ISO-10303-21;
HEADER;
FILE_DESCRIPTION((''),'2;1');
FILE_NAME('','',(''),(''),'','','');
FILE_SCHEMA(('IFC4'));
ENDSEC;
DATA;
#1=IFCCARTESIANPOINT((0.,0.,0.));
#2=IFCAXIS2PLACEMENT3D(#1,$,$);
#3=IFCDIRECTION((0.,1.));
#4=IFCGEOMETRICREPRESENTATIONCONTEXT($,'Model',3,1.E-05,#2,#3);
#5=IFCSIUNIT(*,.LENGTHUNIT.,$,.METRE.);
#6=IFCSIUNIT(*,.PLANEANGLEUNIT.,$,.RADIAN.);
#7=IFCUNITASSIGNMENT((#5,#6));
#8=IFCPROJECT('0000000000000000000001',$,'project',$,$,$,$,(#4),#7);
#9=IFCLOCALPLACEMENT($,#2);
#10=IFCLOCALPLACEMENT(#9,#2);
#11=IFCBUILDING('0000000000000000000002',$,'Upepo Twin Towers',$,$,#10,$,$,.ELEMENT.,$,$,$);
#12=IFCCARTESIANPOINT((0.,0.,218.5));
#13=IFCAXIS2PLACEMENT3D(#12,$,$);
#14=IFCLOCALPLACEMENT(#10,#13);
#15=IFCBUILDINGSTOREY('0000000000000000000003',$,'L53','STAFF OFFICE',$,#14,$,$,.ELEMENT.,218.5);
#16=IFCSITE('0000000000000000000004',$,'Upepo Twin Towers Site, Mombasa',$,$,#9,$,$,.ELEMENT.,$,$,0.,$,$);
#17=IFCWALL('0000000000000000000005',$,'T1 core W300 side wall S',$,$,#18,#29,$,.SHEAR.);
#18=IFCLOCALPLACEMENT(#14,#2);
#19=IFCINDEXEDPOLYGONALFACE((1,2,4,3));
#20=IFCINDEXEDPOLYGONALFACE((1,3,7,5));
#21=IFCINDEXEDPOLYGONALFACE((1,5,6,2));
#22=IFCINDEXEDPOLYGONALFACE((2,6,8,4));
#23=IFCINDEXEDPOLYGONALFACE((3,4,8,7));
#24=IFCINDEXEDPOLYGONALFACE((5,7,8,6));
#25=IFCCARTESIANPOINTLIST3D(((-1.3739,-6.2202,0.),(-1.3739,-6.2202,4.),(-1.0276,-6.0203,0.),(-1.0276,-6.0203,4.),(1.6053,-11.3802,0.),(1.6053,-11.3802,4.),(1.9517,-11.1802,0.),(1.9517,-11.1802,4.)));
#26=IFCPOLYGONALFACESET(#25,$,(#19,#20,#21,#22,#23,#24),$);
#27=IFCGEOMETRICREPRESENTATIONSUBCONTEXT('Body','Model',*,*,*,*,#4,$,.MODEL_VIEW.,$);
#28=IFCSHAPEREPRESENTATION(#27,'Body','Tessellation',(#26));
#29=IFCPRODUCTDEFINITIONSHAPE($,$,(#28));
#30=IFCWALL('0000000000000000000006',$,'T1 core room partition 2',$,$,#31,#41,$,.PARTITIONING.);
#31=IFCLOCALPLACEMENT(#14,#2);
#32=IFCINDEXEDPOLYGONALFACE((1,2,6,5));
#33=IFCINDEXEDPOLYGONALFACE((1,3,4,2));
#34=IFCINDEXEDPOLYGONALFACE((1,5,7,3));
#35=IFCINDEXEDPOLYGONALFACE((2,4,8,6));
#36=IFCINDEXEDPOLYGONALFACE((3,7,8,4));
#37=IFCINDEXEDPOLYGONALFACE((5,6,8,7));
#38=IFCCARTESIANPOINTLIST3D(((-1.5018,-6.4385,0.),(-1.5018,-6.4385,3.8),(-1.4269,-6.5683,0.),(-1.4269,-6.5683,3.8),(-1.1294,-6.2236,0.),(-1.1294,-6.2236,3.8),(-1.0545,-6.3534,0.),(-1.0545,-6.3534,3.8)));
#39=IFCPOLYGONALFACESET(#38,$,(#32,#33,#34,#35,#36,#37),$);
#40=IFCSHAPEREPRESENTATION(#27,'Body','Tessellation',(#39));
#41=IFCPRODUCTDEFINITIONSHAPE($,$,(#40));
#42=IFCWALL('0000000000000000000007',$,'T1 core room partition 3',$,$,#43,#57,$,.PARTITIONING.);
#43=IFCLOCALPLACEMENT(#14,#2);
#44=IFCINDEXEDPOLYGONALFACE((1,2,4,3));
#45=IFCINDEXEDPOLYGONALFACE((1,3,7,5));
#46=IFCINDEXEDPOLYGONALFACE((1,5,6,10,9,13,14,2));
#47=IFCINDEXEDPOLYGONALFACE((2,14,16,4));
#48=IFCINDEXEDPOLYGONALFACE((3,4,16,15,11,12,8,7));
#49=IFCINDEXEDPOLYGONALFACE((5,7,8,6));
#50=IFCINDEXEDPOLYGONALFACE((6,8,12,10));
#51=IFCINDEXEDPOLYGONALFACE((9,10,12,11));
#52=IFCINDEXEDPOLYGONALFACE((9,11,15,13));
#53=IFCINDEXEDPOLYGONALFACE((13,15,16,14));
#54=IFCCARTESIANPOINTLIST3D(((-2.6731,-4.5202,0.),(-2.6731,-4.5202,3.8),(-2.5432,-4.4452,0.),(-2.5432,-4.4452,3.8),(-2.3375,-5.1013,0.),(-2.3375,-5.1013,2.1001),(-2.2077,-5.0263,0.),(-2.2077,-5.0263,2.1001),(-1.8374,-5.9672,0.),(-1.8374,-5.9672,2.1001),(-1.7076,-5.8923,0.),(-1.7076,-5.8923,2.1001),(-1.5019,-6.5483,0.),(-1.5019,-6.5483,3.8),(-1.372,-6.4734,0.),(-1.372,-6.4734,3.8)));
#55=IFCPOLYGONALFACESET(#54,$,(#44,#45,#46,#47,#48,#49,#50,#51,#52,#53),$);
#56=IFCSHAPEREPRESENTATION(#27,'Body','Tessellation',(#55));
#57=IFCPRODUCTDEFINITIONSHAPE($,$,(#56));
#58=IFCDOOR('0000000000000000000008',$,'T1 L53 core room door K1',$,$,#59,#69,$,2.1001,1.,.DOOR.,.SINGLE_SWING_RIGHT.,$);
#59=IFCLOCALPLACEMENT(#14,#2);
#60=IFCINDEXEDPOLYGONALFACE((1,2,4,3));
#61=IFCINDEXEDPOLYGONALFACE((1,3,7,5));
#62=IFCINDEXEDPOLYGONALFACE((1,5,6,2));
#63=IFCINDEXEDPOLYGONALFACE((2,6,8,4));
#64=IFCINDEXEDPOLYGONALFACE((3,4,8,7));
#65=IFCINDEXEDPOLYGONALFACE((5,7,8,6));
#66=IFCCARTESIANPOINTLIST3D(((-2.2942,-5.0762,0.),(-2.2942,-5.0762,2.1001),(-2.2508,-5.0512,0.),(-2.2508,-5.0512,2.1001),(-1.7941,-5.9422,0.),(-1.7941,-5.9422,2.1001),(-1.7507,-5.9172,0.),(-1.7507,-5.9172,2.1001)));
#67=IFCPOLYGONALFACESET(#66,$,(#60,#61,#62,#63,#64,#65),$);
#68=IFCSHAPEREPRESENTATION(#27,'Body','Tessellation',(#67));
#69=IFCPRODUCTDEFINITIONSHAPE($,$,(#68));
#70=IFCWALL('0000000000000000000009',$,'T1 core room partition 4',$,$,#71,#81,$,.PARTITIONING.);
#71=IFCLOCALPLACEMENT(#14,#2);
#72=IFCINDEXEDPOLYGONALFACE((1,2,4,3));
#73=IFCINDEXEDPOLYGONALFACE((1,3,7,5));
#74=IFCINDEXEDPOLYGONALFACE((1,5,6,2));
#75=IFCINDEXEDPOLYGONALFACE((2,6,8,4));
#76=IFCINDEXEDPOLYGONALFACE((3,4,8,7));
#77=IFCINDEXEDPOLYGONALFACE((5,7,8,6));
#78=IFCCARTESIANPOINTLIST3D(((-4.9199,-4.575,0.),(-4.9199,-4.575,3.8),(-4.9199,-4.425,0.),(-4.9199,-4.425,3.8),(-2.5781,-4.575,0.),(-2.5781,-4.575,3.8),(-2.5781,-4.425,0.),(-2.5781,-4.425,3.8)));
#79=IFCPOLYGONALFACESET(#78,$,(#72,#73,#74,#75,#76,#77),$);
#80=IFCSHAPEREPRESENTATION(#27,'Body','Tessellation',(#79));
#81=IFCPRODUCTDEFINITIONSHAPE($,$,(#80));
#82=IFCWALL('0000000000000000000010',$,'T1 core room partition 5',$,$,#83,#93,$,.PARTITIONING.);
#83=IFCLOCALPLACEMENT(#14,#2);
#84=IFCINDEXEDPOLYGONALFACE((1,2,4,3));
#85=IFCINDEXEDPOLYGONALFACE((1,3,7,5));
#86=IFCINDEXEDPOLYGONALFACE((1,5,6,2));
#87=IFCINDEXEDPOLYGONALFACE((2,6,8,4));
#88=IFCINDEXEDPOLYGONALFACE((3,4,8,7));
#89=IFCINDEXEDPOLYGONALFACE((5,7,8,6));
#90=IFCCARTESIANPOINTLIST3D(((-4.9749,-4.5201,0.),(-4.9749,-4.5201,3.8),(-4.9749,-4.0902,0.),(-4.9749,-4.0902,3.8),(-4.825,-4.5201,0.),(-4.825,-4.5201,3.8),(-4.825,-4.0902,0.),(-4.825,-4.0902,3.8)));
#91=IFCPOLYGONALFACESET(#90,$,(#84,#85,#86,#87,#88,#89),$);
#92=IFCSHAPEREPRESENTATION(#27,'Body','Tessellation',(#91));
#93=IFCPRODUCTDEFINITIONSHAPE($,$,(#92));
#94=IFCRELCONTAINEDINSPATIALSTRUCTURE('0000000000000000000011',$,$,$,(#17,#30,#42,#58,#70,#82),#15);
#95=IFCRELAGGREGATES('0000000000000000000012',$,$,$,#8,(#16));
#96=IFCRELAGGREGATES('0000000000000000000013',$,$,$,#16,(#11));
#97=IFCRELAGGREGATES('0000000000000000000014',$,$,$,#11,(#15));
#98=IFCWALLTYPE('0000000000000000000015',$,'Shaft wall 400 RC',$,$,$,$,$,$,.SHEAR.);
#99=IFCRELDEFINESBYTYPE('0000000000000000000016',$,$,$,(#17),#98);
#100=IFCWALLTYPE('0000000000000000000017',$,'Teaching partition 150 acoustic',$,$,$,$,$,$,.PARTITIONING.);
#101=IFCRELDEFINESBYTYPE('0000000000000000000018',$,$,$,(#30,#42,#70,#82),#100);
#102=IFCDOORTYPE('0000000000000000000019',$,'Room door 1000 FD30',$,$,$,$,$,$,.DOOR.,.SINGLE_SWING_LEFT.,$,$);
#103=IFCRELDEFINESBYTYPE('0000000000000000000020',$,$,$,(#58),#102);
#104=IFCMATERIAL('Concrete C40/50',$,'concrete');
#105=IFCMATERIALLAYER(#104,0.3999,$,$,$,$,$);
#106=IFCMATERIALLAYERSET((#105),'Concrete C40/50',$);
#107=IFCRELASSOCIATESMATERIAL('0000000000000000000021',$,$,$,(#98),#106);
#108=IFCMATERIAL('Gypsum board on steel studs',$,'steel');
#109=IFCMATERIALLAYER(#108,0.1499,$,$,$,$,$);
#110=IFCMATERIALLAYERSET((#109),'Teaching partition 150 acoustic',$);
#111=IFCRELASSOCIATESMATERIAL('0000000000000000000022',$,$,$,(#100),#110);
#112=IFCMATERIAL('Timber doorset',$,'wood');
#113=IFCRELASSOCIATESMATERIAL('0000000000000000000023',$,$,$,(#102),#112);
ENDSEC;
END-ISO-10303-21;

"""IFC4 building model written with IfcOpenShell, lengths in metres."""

from ifc_helpers import new_model, si_unit, direction, frame, frame_2d, origin, place, context, subcontext, project, spatial, rectangle, extrude, material, layer, layer_set, type_object, element, fill, save


model = new_model("IFC4")

# Units and contexts
model_context = context("Model", 3, precision=1e-05, world=origin(), true_north=direction((0.0, 1.0)))
body_context = subcontext(model_context, "Body", "Model", "MODEL_VIEW")
ifc_project = project(units=[si_unit("LENGTHUNIT", "METRE"), si_unit("PLANEANGLEUNIT", "RADIAN")], contexts=[model_context])

# Site, building, storey
site_placement = place(None, origin())
site = spatial("IfcSite", under=ifc_project, at=site_placement, Name="Upepo Twin Towers Site, Mombasa", CompositionType="ELEMENT", RefElevation=0.0)
building_placement = place(site_placement, origin())
building = spatial("IfcBuilding", under=site, at=building_placement, Name="Upepo Twin Towers", CompositionType="ELEMENT")
storey_placement = place(building_placement, frame((0.0, 0.0, 218.5)))
storey = spatial("IfcBuildingStorey", under=building, at=storey_placement, Name="L53", Description="STAFF OFFICE", CompositionType="ELEMENT", Elevation=218.5)

# Walls
ifc_material_1 = material(Name="Concrete C40/50", Category="concrete")
ifc_layer_1 = layer(ifc_material_1, 0.3999)
ifc_layer_set_1 = layer_set([ifc_layer_1], Name="Concrete C40/50")
wall_type_1 = type_object("IfcWallType", Name="Shaft wall 400 RC", PredefinedType="SHEAR", material=ifc_layer_set_1)
wall_1_placement = place(storey_placement, frame((-1.2007, -6.1204, 0.0), z_axis=(0.0, 0.0, 1.0), x_axis=(0.500022, -0.866013, 0.0)))
element("IfcWall", 1, at=wall_1_placement, inside=storey, type_object=wall_type_1, Name="T1 core W300 side wall S", PredefinedType="SHEAR", context=body_context, shape_type="SweptSolid", body=[
    extrude(rectangle(XDim=5.9583, YDim=0.3999, at=frame_2d((2.979, 0.0))), origin(), (0.0, 0.0, 1.0), 4.0),
])
ifc_material_2 = material(Name="Gypsum board on steel studs", Category="steel")
ifc_layer_2 = layer(ifc_material_2, 0.1499)
ifc_layer_set_2 = layer_set([ifc_layer_2], Name="Teaching partition 150 acoustic")
wall_type_2 = type_object("IfcWallType", Name="Teaching partition 150 acoustic", PredefinedType="PARTITIONING", material=ifc_layer_set_2)
wall_2_placement = place(storey_placement, frame((-1.092, -6.2886, 0.0), z_axis=(0.0, 0.0, 1.0), x_axis=(-0.866138, -0.499804, 0.0)))
element("IfcWall", 2, at=wall_2_placement, inside=storey, type_object=wall_type_2, Name="T1 core room partition 2", PredefinedType="PARTITIONING", context=body_context, shape_type="SweptSolid", body=[
    extrude(rectangle(XDim=0.4299, YDim=0.1499, at=frame_2d((0.2148, 0.0))), origin(), (0.0, 0.0, 1.0), 3.8),
])

# Wall, opening, door
wall_3_placement = place(storey_placement, frame((-1.437, -6.5107, 0.0), z_axis=(0.0, 0.0, 1.0), x_axis=(-0.500074, 0.865982, 0.0)))
wall_3 = element("IfcWall", 3, at=wall_3_placement, inside=storey, type_object=wall_type_2, Name="T1 core room partition 3", PredefinedType="PARTITIONING", context=body_context, shape_type="SweptSolid", body=[
    extrude(rectangle(XDim=2.342, YDim=0.1499, at=frame_2d((1.1709, 0.0))), origin(), (0.0, 0.0, 1.0), 3.8),
])
opening_1_placement = place(wall_3_placement, frame((0.6709, 0.0, 0.0)))
opening_1 = element("IfcOpeningElement", 4, at=opening_1_placement, cuts=wall_3, PredefinedType="OPENING", context=body_context, shape_type="SweptSolid", body=[
    extrude(rectangle(XDim=1.0, YDim=2.1001, at=frame_2d((0.5, 1.05))), frame((0.0, 0.085, 0.0), z_axis=(0.0, -1.0, 0.0), x_axis=(1.0, 0.0, 0.0)), (0.0, 0.0, 1.0), 0.1699),
])
ifc_material_3 = material(Name="Timber doorset", Category="wood")
door_type_1 = type_object("IfcDoorType", Name="Room door 1000 FD30", OperationType="SINGLE_SWING_LEFT", PredefinedType="DOOR", material=ifc_material_3)
door_1_placement = place(opening_1_placement, origin())
door_1 = element("IfcDoor", 5, at=door_1_placement, inside=storey, type_object=door_type_1, Name="T1 L53 core room door K1", OperationType="SINGLE_SWING_RIGHT", OverallHeight=2.1001, OverallWidth=1.0, PredefinedType="DOOR", context=body_context, shape_type="SweptSolid", body=[
    extrude(rectangle(XDim=1.0, YDim=2.1001, at=frame_2d((0.5, 1.05))), frame((0.0, 0.0249, 0.0), z_axis=(0.0, -1.0, 0.0), x_axis=(1.0, 0.0, 0.0)), (0.0, 0.0, 1.0), 0.05),
])
fill(opening_1, door_1)

# Walls
wall_4_placement = place(storey_placement, frame((-2.5781, -4.5, 0.0), z_axis=(0.0, 0.0, 1.0), x_axis=(-1.0, 0.0, 0.0)))
element("IfcWall", 6, at=wall_4_placement, inside=storey, type_object=wall_type_2, Name="T1 core room partition 4", PredefinedType="PARTITIONING", context=body_context, shape_type="SweptSolid", body=[
    extrude(rectangle(XDim=2.3418, YDim=0.1499, at=frame_2d((1.1709, 0.0))), origin(), (0.0, 0.0, 1.0), 3.8),
])
wall_5_placement = place(storey_placement, frame((-4.8999, -4.52, 0.0), z_axis=(0.0, 0.0, 1.0), x_axis=(0.0, 1.0, 0.0)))
element("IfcWall", 7, at=wall_5_placement, inside=storey, type_object=wall_type_2, Name="T1 core room partition 5", PredefinedType="PARTITIONING", context=body_context, shape_type="SweptSolid", body=[
    extrude(rectangle(XDim=0.4299, YDim=0.1499, at=frame_2d((0.2148, 0.0))), origin(), (0.0, 0.0, 1.0), 3.8),
])

save(model, "model.ifc")
